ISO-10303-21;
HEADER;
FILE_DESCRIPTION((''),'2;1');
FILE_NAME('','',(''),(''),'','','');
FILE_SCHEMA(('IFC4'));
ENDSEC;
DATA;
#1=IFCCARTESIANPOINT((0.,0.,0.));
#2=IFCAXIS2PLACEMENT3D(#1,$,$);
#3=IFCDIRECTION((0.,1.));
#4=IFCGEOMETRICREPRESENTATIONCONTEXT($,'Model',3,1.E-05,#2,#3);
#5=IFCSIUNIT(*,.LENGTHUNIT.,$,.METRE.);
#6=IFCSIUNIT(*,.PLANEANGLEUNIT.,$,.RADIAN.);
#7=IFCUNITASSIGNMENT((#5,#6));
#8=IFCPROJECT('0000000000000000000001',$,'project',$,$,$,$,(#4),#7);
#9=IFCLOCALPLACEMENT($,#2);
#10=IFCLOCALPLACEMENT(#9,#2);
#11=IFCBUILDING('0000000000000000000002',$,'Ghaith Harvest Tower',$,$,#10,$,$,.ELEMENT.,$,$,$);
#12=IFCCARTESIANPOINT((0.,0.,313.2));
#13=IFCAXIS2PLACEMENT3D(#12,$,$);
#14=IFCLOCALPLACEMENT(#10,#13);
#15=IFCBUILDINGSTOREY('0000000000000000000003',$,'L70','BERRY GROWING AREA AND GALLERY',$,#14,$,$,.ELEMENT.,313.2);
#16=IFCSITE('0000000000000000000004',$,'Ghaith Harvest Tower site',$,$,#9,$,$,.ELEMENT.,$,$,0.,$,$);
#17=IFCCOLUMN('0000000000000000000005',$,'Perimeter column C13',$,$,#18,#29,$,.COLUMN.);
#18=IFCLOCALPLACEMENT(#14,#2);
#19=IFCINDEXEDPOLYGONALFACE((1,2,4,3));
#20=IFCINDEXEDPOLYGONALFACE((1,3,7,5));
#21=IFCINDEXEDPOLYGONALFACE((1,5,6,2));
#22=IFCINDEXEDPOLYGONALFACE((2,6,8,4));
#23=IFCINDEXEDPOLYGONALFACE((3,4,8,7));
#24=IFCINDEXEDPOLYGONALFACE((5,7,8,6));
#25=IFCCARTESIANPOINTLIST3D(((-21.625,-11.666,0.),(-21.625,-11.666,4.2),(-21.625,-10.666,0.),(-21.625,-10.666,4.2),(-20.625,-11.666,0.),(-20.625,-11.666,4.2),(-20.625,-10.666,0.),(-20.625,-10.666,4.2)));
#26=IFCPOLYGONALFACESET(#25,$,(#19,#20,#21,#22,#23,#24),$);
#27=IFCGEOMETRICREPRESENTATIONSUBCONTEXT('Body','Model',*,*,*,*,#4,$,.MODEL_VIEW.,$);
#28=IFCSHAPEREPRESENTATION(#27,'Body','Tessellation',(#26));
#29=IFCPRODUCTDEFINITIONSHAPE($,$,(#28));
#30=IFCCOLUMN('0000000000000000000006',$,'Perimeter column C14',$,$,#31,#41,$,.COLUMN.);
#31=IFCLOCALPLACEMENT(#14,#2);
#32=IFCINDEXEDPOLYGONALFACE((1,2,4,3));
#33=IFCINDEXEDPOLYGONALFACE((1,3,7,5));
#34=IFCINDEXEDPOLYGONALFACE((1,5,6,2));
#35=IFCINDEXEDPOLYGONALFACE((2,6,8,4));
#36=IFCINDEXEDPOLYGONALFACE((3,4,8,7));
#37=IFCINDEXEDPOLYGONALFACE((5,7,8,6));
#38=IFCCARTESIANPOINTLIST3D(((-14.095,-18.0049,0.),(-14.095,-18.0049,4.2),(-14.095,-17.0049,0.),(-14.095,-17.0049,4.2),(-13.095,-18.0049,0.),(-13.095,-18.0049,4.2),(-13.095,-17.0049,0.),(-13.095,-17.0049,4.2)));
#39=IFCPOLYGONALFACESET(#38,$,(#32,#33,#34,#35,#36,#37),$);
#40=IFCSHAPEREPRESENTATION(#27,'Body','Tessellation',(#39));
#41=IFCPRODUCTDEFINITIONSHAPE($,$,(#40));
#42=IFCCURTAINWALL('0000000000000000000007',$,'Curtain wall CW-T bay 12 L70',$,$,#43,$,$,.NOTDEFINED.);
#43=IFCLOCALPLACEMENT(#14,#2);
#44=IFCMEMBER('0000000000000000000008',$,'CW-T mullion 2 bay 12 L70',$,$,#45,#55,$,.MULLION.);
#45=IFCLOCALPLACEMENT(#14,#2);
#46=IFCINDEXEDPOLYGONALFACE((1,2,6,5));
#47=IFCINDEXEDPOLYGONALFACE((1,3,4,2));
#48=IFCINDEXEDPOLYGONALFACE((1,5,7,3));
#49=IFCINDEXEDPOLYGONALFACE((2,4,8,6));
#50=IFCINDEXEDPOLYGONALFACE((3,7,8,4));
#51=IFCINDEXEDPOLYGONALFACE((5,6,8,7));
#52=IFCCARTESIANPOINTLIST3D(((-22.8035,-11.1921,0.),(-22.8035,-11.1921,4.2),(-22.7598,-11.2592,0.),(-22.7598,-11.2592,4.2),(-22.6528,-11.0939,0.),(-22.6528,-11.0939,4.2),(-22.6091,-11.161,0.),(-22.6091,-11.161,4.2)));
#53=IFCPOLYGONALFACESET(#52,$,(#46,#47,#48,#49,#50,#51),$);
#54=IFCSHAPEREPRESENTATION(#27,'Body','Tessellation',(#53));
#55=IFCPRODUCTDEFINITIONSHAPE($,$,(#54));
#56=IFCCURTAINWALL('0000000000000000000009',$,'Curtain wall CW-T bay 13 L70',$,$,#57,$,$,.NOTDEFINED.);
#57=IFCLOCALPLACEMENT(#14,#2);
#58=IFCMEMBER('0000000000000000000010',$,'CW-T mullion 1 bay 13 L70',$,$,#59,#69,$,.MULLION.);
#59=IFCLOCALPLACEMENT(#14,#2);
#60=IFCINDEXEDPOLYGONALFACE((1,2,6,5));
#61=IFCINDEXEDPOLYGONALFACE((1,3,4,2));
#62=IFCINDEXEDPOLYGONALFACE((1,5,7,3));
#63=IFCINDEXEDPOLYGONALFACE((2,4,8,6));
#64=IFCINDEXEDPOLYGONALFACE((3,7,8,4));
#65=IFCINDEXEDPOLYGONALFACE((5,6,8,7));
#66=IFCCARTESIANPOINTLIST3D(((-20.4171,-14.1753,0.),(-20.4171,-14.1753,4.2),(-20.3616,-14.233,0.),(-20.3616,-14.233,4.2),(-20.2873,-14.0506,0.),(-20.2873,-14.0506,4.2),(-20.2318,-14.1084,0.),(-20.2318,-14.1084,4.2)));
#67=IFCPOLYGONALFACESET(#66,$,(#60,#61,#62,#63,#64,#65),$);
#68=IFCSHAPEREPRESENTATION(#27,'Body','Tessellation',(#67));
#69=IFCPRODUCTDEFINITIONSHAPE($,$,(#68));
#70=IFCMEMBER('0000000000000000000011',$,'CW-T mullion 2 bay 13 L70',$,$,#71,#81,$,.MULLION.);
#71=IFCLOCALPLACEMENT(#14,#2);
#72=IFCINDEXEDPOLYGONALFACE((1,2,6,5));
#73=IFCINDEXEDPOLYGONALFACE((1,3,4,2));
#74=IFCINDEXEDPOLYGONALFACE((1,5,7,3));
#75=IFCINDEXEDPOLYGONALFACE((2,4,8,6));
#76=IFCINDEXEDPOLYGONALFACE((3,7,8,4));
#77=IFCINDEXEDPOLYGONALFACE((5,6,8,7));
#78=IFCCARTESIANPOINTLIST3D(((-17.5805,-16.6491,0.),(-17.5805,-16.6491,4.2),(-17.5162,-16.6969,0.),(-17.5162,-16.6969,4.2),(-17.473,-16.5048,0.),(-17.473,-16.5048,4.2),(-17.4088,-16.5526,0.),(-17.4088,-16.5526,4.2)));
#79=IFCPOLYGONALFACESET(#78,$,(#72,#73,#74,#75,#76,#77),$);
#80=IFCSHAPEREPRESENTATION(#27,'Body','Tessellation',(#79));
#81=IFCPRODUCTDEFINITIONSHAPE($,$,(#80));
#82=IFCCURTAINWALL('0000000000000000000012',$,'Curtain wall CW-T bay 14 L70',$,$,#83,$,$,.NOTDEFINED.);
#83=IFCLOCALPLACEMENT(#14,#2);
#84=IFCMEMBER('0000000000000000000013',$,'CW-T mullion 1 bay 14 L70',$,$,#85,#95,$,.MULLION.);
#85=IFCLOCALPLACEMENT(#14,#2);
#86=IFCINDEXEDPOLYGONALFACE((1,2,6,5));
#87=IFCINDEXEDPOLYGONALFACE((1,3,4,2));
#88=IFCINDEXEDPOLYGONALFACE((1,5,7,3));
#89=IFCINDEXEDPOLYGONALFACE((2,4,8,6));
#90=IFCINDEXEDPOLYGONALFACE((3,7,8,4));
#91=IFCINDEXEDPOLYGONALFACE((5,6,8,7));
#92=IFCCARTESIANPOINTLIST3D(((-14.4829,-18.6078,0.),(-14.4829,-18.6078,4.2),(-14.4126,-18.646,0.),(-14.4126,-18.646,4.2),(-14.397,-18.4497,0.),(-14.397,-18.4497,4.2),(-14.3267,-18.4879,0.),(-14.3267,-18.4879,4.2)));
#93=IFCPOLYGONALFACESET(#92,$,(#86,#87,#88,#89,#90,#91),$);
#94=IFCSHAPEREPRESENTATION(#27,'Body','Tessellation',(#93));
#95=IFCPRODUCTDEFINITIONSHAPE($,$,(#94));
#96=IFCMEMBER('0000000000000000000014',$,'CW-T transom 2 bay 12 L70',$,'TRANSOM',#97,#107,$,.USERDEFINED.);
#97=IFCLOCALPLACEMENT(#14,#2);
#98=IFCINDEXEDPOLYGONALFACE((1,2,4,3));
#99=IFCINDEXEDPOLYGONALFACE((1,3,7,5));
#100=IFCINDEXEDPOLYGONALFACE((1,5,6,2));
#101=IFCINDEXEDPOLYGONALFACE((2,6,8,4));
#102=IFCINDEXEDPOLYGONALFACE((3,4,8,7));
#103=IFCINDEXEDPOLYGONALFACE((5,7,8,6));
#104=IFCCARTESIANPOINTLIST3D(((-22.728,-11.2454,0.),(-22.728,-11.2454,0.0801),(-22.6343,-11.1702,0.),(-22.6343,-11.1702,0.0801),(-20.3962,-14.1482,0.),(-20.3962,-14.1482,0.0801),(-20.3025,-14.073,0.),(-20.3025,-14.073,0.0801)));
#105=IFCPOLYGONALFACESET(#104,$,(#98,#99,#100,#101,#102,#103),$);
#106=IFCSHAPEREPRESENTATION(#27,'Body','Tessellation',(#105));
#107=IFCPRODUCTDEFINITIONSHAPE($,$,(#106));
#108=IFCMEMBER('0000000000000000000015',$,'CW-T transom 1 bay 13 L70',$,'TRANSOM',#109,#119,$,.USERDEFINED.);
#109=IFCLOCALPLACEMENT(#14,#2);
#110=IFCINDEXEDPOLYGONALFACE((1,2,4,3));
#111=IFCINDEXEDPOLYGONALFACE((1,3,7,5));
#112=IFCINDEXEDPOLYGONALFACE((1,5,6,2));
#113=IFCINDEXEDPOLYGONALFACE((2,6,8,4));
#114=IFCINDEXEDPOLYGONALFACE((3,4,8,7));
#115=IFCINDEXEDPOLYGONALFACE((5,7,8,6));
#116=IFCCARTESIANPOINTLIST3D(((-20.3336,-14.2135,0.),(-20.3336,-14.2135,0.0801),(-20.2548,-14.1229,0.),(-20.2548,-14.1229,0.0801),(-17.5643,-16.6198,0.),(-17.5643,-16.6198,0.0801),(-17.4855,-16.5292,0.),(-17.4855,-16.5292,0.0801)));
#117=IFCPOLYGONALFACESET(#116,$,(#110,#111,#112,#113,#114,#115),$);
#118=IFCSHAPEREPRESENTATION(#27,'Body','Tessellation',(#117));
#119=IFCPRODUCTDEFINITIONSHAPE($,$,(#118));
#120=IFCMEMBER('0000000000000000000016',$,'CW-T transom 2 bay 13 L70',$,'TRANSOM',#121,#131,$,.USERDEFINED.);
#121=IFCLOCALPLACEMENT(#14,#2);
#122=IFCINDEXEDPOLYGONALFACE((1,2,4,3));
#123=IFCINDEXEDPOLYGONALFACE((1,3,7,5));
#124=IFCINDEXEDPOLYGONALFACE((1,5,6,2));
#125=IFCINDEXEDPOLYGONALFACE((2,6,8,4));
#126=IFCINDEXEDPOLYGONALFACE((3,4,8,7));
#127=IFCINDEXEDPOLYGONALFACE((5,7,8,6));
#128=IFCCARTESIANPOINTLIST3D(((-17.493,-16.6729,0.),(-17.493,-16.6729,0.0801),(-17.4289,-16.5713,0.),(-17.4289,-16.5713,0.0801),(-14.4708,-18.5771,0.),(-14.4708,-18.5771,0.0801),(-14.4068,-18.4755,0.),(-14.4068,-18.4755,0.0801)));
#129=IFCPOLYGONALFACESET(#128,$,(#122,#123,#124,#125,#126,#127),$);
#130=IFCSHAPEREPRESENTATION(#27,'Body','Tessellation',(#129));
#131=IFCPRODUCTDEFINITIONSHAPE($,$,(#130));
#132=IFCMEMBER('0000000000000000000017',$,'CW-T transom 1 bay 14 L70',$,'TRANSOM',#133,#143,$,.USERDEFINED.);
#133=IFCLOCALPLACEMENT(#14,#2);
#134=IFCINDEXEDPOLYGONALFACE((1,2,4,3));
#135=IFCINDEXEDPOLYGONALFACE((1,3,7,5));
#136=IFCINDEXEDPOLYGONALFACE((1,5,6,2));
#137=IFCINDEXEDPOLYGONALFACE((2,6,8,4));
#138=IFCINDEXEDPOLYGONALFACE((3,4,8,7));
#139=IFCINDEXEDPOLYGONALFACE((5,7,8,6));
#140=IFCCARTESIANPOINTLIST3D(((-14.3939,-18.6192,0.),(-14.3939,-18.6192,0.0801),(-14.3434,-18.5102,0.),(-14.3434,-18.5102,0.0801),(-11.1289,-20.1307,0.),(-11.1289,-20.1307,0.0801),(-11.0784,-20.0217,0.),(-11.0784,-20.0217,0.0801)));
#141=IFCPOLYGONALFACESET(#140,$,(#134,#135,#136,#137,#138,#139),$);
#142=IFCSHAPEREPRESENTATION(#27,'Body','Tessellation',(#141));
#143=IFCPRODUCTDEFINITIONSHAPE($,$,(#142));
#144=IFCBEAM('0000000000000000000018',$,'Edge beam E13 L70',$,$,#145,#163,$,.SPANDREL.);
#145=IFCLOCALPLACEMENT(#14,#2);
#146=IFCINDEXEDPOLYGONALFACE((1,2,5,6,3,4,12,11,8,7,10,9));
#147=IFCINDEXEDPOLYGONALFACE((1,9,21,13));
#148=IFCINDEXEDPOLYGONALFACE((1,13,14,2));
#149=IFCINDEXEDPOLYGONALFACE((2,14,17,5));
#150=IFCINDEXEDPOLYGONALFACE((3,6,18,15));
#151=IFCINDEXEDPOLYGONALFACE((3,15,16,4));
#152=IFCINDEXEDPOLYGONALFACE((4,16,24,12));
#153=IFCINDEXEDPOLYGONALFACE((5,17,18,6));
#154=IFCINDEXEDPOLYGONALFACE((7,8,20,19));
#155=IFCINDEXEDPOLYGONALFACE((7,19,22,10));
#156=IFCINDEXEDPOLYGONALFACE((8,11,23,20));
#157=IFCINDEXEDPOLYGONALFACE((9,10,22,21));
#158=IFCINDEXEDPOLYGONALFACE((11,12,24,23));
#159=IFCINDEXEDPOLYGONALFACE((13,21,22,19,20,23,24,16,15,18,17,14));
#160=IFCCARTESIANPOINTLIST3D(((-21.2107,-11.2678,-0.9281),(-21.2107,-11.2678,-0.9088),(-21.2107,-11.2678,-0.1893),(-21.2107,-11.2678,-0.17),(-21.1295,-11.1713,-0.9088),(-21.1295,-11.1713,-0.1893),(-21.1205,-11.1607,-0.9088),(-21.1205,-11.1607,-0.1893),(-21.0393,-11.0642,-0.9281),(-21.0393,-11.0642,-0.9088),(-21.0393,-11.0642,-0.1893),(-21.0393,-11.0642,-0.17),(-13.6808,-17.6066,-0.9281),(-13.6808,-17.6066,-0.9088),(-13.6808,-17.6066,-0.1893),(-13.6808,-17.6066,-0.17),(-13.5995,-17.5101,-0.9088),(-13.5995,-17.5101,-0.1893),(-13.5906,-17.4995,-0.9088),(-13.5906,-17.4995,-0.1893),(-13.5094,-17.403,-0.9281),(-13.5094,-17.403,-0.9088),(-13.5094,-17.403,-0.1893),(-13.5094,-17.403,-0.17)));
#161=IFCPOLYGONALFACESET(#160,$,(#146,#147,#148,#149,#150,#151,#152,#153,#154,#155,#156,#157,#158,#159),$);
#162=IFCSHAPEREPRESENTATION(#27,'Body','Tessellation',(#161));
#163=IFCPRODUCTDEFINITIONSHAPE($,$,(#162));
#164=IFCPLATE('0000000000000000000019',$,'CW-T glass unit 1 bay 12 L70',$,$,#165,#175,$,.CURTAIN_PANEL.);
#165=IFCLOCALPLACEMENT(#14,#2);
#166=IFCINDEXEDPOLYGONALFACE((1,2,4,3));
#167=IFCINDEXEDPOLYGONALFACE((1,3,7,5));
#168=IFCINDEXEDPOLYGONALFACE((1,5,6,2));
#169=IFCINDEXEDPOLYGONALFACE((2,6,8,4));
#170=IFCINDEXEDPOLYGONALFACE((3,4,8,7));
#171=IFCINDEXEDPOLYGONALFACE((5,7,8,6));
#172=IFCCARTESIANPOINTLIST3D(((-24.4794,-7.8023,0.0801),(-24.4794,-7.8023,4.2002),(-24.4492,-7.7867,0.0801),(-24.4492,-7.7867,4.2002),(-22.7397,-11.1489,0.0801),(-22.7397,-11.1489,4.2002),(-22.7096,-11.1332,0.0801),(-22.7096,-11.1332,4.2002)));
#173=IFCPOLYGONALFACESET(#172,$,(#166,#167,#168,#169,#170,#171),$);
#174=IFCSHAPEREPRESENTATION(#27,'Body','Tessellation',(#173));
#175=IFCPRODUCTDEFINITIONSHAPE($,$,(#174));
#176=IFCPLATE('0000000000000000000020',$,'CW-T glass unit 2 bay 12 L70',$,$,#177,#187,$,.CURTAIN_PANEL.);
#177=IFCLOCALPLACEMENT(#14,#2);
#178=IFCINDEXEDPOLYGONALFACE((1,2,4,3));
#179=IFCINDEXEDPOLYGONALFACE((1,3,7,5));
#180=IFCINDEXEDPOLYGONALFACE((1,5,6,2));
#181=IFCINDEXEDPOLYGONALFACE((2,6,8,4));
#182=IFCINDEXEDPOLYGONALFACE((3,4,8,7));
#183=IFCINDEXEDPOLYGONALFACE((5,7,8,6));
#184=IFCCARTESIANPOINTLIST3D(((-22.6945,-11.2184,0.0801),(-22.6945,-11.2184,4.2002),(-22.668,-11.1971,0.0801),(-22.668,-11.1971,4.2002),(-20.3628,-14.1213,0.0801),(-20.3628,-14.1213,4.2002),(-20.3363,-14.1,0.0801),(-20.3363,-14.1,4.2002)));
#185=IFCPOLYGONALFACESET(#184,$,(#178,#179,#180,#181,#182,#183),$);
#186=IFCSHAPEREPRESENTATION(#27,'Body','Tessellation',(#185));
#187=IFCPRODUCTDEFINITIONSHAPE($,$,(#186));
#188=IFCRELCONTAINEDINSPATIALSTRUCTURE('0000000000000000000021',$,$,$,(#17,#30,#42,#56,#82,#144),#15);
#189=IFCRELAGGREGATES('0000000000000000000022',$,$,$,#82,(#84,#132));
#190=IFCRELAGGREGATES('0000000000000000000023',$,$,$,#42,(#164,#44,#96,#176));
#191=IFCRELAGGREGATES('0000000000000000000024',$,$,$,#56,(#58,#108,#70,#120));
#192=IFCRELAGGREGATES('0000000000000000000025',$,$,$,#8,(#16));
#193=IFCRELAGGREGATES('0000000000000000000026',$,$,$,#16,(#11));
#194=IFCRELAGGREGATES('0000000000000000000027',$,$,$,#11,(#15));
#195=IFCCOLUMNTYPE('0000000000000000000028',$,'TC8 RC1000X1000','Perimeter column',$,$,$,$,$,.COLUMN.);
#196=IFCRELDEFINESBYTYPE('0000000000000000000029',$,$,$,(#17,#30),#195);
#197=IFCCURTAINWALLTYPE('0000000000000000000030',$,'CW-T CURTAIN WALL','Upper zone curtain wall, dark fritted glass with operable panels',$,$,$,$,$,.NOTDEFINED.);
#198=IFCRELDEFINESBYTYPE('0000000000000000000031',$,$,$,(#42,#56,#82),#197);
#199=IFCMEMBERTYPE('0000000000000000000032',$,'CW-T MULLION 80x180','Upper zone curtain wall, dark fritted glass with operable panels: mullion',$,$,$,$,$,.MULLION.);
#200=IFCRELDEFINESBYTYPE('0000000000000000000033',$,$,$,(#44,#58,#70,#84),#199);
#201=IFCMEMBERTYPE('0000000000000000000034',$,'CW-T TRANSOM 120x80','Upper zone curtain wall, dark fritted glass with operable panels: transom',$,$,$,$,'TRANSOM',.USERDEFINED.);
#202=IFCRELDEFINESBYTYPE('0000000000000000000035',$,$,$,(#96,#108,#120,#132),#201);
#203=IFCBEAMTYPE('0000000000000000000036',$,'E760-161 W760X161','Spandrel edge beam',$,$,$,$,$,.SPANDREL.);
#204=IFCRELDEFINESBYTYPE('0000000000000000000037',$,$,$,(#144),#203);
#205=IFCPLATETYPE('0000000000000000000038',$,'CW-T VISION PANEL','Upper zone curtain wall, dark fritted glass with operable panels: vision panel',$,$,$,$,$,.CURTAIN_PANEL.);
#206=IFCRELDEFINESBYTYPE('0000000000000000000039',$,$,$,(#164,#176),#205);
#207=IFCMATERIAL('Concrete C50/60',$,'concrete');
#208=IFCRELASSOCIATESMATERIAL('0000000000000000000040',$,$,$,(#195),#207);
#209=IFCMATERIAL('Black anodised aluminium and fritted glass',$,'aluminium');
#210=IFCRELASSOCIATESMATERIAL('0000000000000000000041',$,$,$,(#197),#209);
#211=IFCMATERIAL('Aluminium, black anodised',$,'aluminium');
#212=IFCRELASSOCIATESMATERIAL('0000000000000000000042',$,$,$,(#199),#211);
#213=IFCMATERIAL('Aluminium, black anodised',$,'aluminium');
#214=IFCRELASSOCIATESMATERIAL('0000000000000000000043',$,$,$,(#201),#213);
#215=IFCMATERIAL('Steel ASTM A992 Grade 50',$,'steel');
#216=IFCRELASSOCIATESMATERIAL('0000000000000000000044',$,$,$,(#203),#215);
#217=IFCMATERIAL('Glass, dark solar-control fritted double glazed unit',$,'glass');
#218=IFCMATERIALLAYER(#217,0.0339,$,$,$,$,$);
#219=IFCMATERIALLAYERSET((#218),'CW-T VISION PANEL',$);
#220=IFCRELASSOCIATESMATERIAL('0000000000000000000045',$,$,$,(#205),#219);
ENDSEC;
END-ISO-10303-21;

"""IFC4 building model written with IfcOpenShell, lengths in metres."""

from ifc_helpers import new_model, si_unit, direction, frame, origin, origin_2d, place, context, subcontext, project, spatial, rectangle, i_section, extrude, material, layer, layer_set, material_profile, profile_set, type_object, element, aggregate, save


model = new_model("IFC4")

# Units and contexts
model_context = context("Model", 3, precision=1e-05, world=origin(), true_north=direction((0.0, 1.0)))
body_context = subcontext(model_context, "Body", "Model", "MODEL_VIEW")
ifc_project = project(units=[si_unit("LENGTHUNIT", "METRE"), si_unit("PLANEANGLEUNIT", "RADIAN")], contexts=[model_context])

# Site, building, storey
site_placement = place(None, origin())
site = spatial("IfcSite", under=ifc_project, at=site_placement, Name="Ghaith Harvest Tower site", CompositionType="ELEMENT", RefElevation=0.0)
building_placement = place(site_placement, origin())
building = spatial("IfcBuilding", under=site, at=building_placement, Name="Ghaith Harvest Tower", CompositionType="ELEMENT")
storey_placement = place(building_placement, frame((0.0, 0.0, 313.2)))
storey = spatial("IfcBuildingStorey", under=building, at=storey_placement, Name="L70", Description="BERRY GROWING AREA AND GALLERY", CompositionType="ELEMENT", Elevation=313.2)

# Columns
ifc_material_1 = material(Name="Concrete C50/60", Category="concrete")
ifc_material_profile_1 = material_profile(ifc_material_1, rectangle(XDim=1.0, YDim=1.0, at=origin_2d()), Name="RC1000X1000")
ifc_profile_set_1 = profile_set([ifc_material_profile_1], Name="Concrete C50/60")
column_type = type_object("IfcColumnType", Name="TC8 RC1000X1000", Description="Perimeter column", PredefinedType="COLUMN", material=ifc_profile_set_1)
for number, where, z_axis, x_axis, name in (
    (1, (-21.125, -11.166, 0.0), (0.0, 0.0, 1.0), (1.0, 0.0, 0.0), "Perimeter column C13"),
    (2, (-13.595, -17.5049, 0.0), (0.0, 0.0, 1.0), (1.0, 0.0, 0.0), "Perimeter column C14"),
):
    element("IfcColumn", number, at=place(storey_placement, frame(where, z_axis=z_axis, x_axis=x_axis)), inside=storey, type_object=column_type, Name=name, PredefinedType="COLUMN", context=body_context, shape_type="SweptSolid", body=[
        extrude(rectangle(XDim=1.0, YDim=1.0, at=origin_2d()), origin(), (0.0, 0.0, 1.0), 4.2),
    ])

# Curtain wall, member
ifc_material_2 = material(Name="Black anodised aluminium and fritted glass", Category="aluminium")
curtain_wall_type = type_object("IfcCurtainWallType", Name="CW-T CURTAIN WALL", Description="Upper zone curtain wall, dark fritted glass with operable panels", PredefinedType="NOTDEFINED", material=ifc_material_2)
curtain_wall_1_placement = place(storey_placement, origin())
curtain_wall_1 = element("IfcCurtainWall", 3, at=curtain_wall_1_placement, inside=storey, type_object=curtain_wall_type, Name="Curtain wall CW-T bay 12 L70", PredefinedType="NOTDEFINED")
ifc_material_3 = material(Name="Aluminium, black anodised", Category="aluminium")
ifc_material_profile_2 = material_profile(ifc_material_3, rectangle(XDim=0.0801, YDim=0.1799, at=origin_2d()), Name="CW-T MULLION 80x180")
ifc_profile_set_2 = profile_set([ifc_material_profile_2], Name="Aluminium, black anodised")
member_type_1 = type_object("IfcMemberType", Name="CW-T MULLION 80x180", Description="Upper zone curtain wall, dark fritted glass with operable panels: mullion", PredefinedType="MULLION", material=ifc_profile_set_2)
member_1_placement = place(storey_placement, frame((-22.7063, -11.1765, 0.0), z_axis=(0.0, 0.0, 1.0), x_axis=(0.545865, -0.837873, 0.0)))
member_1 = element("IfcMember", 4, at=member_1_placement, type_object=member_type_1, Name="CW-T mullion 2 bay 12 L70", PredefinedType="MULLION", context=body_context, shape_type="SweptSolid", body=[
    extrude(rectangle(XDim=0.0801, YDim=0.1799, at=origin_2d()), origin(), (0.0, 0.0, 1.0), 4.2),
])

# Curtain wall, members
curtain_wall_2_placement = place(storey_placement, origin())
curtain_wall_2 = element("IfcCurtainWall", 5, at=curtain_wall_2_placement, inside=storey, type_object=curtain_wall_type, Name="Curtain wall CW-T bay 13 L70", PredefinedType="NOTDEFINED")
member_2_placement = place(storey_placement, frame((-20.3245, -14.1418, 0.0), z_axis=(0.0, 0.0, 1.0), x_axis=(0.692826, -0.721104, 0.0)))
member_2 = element("IfcMember", 6, at=member_2_placement, type_object=member_type_1, Name="CW-T mullion 1 bay 13 L70", PredefinedType="MULLION", context=body_context, shape_type="SweptSolid", body=[
    extrude(rectangle(XDim=0.0801, YDim=0.1799, at=origin_2d()), origin(), (0.0, 0.0, 1.0), 4.2),
])
member_3_placement = place(storey_placement, frame((-17.4946, -16.6008, 0.0), z_axis=(0.0, 0.0, 1.0), x_axis=(0.80219, -0.597069, 0.0)))
member_3 = element("IfcMember", 7, at=member_3_placement, type_object=member_type_1, Name="CW-T mullion 2 bay 13 L70", PredefinedType="MULLION", context=body_context, shape_type="SweptSolid", body=[
    extrude(rectangle(XDim=0.0801, YDim=0.1799, at=origin_2d()), origin(), (0.0, 0.0, 1.0), 4.2),
])

# Curtain wall, member
curtain_wall_3_placement = place(storey_placement, origin())
curtain_wall_3 = element("IfcCurtainWall", 8, at=curtain_wall_3_placement, inside=storey, type_object=curtain_wall_type, Name="Curtain wall CW-T bay 14 L70", PredefinedType="NOTDEFINED")
member_4_placement = place(storey_placement, frame((-14.4048, -18.5479, 0.0), z_axis=(0.0, 0.0, 1.0), x_axis=(0.878672, -0.477426, 0.0)))
member_4 = element("IfcMember", 9, at=member_4_placement, type_object=member_type_1, Name="CW-T mullion 1 bay 14 L70", PredefinedType="MULLION", context=body_context, shape_type="SweptSolid", body=[
    extrude(rectangle(XDim=0.0801, YDim=0.1799, at=origin_2d()), origin(), (0.0, 0.0, 1.0), 4.2),
])

# Members
ifc_material_4 = material(Name="Aluminium, black anodised", Category="aluminium")
ifc_material_profile_3 = material_profile(ifc_material_4, rectangle(XDim=0.1201, YDim=0.0801, at=origin_2d()), Name="CW-T TRANSOM 120x80")
ifc_profile_set_3 = profile_set([ifc_material_profile_3], Name="Aluminium, black anodised")
member_type_2 = type_object("IfcMemberType", Name="CW-T TRANSOM 120x80", Description="Upper zone curtain wall, dark fritted glass with operable panels: transom", ElementType="TRANSOM", PredefinedType="USERDEFINED", material=ifc_profile_set_3)
member_5_placement = place(storey_placement, frame((-22.6812, -11.2078, 0.04), z_axis=(0.626253, -0.77962, 0.0), x_axis=(0.77962, 0.626253, 0.0)))
member_5 = element("IfcMember", 10, at=member_5_placement, type_object=member_type_2, Name="CW-T transom 2 bay 12 L70", ObjectType="TRANSOM", PredefinedType="USERDEFINED", context=body_context, shape_type="SweptSolid", body=[
    extrude(rectangle(XDim=0.1201, YDim=0.0801, at=origin_2d()), origin(), (0.0, 0.0, 1.0), 3.7234),
])
member_6_placement = place(storey_placement, frame((-20.2942, -14.1682, 0.04), z_axis=(0.754852, -0.655895, 0.0), x_axis=(0.655895, 0.754852, 0.0)))
member_6 = element("IfcMember", 11, at=member_6_placement, type_object=member_type_2, Name="CW-T transom 1 bay 13 L70", ObjectType="TRANSOM", PredefinedType="USERDEFINED", context=body_context, shape_type="SweptSolid", body=[
    extrude(rectangle(XDim=0.1201, YDim=0.0801, at=origin_2d()), origin(), (0.0, 0.0, 1.0), 3.6687),
])
member_7_placement = place(storey_placement, frame((-17.4609, -16.6221, 0.04), z_axis=(0.846054, -0.533098, 0.0), x_axis=(0.533098, 0.846054, 0.0)))
member_7 = element("IfcMember", 12, at=member_7_placement, type_object=member_type_2, Name="CW-T transom 2 bay 13 L70", ObjectType="TRANSOM", PredefinedType="USERDEFINED", context=body_context, shape_type="SweptSolid", body=[
    extrude(rectangle(XDim=0.1201, YDim=0.0801, at=origin_2d()), origin(), (0.0, 0.0, 1.0), 3.572),
])
member_8_placement = place(storey_placement, frame((-14.3687, -18.5647, 0.04), z_axis=(0.907472, -0.420112, 0.0), x_axis=(0.420112, 0.907472, 0.0)))
member_8 = element("IfcMember", 13, at=member_8_placement, type_object=member_type_2, Name="CW-T transom 1 bay 14 L70", ObjectType="TRANSOM", PredefinedType="USERDEFINED", context=body_context, shape_type="SweptSolid", body=[
    extrude(rectangle(XDim=0.1201, YDim=0.0801, at=origin_2d()), origin(), (0.0, 0.0, 1.0), 3.5979),
])
aggregate(curtain_wall_3, [member_4, member_8])

# Beam
ifc_material_5 = material(Name="Steel ASTM A992 Grade 50", Category="steel")
ifc_material_profile_4 = material_profile(ifc_material_5, i_section(OverallWidth=0.2661, OverallDepth=0.7581, WebThickness=0.0139, FlangeThickness=0.0193, at=origin_2d()), Name="W760X161")
ifc_profile_set_4 = profile_set([ifc_material_profile_4], Name="Steel ASTM A992 Grade 50")
beam_type = type_object("IfcBeamType", Name="E760-161 W760X161", Description="Spandrel edge beam", PredefinedType="SPANDREL", material=ifc_profile_set_4)
beam_placement = place(storey_placement, frame((-21.125, -11.166, -0.5491), z_axis=(0.765022, -0.644004, 0.0), x_axis=(0.644004, 0.765022, 0.0)))
element("IfcBeam", 14, at=beam_placement, inside=storey, type_object=beam_type, Name="Edge beam E13 L70", PredefinedType="SPANDREL", context=body_context, shape_type="SweptSolid", body=[
    extrude(i_section(OverallWidth=0.2661, OverallDepth=0.7581, WebThickness=0.0139, FlangeThickness=0.0193, at=origin_2d()), origin(), (0.0, 0.0, 1.0), 9.8428),
])

# Plates
ifc_material_6 = material(Name="Glass, dark solar-control fritted double glazed unit", Category="glass")
ifc_layer_1 = layer(ifc_material_6, 0.0339)
ifc_layer_set_1 = layer_set([ifc_layer_1], Name="CW-T VISION PANEL")
plate_type_1 = type_object("IfcPlateType", Name="CW-T VISION PANEL", Description="Upper zone curtain wall, dark fritted glass with operable panels: vision panel", PredefinedType="CURTAIN_PANEL", material=ifc_layer_set_1)
plate_1_placement = place(storey_placement, frame((-23.5945, -9.4678, 0.0801), z_axis=(0.0, 0.0, 1.0), x_axis=(0.46123, -0.887281, 0.0)))
plate_1 = element("IfcPlate", 15, at=plate_1_placement, type_object=plate_type_1, Name="CW-T glass unit 1 bay 12 L70", PredefinedType="CURTAIN_PANEL", context=body_context, shape_type="SweptSolid", body=[
    extrude(rectangle(XDim=3.7717, YDim=0.0339, at=origin_2d()), origin(), (0.0, 0.0, 1.0), 4.1201),
])
plate_2_placement = place(storey_placement, frame((-21.5154, -12.6592, 0.0801), z_axis=(0.0, 0.0, 1.0), x_axis=(0.62623, -0.779639, 0.0)))
plate_2 = element("IfcPlate", 16, at=plate_2_placement, type_object=plate_type_1, Name="CW-T glass unit 2 bay 12 L70", PredefinedType="CURTAIN_PANEL", context=body_context, shape_type="SweptSolid", body=[
    extrude(rectangle(XDim=3.7234, YDim=0.0339, at=origin_2d()), origin(), (0.0, 0.0, 1.0), 4.1201),
])
aggregate(curtain_wall_1, [plate_1, member_1, member_5, plate_2])
aggregate(curtain_wall_2, [member_2, member_6, member_3, member_7])

save(model, "model.ifc")
